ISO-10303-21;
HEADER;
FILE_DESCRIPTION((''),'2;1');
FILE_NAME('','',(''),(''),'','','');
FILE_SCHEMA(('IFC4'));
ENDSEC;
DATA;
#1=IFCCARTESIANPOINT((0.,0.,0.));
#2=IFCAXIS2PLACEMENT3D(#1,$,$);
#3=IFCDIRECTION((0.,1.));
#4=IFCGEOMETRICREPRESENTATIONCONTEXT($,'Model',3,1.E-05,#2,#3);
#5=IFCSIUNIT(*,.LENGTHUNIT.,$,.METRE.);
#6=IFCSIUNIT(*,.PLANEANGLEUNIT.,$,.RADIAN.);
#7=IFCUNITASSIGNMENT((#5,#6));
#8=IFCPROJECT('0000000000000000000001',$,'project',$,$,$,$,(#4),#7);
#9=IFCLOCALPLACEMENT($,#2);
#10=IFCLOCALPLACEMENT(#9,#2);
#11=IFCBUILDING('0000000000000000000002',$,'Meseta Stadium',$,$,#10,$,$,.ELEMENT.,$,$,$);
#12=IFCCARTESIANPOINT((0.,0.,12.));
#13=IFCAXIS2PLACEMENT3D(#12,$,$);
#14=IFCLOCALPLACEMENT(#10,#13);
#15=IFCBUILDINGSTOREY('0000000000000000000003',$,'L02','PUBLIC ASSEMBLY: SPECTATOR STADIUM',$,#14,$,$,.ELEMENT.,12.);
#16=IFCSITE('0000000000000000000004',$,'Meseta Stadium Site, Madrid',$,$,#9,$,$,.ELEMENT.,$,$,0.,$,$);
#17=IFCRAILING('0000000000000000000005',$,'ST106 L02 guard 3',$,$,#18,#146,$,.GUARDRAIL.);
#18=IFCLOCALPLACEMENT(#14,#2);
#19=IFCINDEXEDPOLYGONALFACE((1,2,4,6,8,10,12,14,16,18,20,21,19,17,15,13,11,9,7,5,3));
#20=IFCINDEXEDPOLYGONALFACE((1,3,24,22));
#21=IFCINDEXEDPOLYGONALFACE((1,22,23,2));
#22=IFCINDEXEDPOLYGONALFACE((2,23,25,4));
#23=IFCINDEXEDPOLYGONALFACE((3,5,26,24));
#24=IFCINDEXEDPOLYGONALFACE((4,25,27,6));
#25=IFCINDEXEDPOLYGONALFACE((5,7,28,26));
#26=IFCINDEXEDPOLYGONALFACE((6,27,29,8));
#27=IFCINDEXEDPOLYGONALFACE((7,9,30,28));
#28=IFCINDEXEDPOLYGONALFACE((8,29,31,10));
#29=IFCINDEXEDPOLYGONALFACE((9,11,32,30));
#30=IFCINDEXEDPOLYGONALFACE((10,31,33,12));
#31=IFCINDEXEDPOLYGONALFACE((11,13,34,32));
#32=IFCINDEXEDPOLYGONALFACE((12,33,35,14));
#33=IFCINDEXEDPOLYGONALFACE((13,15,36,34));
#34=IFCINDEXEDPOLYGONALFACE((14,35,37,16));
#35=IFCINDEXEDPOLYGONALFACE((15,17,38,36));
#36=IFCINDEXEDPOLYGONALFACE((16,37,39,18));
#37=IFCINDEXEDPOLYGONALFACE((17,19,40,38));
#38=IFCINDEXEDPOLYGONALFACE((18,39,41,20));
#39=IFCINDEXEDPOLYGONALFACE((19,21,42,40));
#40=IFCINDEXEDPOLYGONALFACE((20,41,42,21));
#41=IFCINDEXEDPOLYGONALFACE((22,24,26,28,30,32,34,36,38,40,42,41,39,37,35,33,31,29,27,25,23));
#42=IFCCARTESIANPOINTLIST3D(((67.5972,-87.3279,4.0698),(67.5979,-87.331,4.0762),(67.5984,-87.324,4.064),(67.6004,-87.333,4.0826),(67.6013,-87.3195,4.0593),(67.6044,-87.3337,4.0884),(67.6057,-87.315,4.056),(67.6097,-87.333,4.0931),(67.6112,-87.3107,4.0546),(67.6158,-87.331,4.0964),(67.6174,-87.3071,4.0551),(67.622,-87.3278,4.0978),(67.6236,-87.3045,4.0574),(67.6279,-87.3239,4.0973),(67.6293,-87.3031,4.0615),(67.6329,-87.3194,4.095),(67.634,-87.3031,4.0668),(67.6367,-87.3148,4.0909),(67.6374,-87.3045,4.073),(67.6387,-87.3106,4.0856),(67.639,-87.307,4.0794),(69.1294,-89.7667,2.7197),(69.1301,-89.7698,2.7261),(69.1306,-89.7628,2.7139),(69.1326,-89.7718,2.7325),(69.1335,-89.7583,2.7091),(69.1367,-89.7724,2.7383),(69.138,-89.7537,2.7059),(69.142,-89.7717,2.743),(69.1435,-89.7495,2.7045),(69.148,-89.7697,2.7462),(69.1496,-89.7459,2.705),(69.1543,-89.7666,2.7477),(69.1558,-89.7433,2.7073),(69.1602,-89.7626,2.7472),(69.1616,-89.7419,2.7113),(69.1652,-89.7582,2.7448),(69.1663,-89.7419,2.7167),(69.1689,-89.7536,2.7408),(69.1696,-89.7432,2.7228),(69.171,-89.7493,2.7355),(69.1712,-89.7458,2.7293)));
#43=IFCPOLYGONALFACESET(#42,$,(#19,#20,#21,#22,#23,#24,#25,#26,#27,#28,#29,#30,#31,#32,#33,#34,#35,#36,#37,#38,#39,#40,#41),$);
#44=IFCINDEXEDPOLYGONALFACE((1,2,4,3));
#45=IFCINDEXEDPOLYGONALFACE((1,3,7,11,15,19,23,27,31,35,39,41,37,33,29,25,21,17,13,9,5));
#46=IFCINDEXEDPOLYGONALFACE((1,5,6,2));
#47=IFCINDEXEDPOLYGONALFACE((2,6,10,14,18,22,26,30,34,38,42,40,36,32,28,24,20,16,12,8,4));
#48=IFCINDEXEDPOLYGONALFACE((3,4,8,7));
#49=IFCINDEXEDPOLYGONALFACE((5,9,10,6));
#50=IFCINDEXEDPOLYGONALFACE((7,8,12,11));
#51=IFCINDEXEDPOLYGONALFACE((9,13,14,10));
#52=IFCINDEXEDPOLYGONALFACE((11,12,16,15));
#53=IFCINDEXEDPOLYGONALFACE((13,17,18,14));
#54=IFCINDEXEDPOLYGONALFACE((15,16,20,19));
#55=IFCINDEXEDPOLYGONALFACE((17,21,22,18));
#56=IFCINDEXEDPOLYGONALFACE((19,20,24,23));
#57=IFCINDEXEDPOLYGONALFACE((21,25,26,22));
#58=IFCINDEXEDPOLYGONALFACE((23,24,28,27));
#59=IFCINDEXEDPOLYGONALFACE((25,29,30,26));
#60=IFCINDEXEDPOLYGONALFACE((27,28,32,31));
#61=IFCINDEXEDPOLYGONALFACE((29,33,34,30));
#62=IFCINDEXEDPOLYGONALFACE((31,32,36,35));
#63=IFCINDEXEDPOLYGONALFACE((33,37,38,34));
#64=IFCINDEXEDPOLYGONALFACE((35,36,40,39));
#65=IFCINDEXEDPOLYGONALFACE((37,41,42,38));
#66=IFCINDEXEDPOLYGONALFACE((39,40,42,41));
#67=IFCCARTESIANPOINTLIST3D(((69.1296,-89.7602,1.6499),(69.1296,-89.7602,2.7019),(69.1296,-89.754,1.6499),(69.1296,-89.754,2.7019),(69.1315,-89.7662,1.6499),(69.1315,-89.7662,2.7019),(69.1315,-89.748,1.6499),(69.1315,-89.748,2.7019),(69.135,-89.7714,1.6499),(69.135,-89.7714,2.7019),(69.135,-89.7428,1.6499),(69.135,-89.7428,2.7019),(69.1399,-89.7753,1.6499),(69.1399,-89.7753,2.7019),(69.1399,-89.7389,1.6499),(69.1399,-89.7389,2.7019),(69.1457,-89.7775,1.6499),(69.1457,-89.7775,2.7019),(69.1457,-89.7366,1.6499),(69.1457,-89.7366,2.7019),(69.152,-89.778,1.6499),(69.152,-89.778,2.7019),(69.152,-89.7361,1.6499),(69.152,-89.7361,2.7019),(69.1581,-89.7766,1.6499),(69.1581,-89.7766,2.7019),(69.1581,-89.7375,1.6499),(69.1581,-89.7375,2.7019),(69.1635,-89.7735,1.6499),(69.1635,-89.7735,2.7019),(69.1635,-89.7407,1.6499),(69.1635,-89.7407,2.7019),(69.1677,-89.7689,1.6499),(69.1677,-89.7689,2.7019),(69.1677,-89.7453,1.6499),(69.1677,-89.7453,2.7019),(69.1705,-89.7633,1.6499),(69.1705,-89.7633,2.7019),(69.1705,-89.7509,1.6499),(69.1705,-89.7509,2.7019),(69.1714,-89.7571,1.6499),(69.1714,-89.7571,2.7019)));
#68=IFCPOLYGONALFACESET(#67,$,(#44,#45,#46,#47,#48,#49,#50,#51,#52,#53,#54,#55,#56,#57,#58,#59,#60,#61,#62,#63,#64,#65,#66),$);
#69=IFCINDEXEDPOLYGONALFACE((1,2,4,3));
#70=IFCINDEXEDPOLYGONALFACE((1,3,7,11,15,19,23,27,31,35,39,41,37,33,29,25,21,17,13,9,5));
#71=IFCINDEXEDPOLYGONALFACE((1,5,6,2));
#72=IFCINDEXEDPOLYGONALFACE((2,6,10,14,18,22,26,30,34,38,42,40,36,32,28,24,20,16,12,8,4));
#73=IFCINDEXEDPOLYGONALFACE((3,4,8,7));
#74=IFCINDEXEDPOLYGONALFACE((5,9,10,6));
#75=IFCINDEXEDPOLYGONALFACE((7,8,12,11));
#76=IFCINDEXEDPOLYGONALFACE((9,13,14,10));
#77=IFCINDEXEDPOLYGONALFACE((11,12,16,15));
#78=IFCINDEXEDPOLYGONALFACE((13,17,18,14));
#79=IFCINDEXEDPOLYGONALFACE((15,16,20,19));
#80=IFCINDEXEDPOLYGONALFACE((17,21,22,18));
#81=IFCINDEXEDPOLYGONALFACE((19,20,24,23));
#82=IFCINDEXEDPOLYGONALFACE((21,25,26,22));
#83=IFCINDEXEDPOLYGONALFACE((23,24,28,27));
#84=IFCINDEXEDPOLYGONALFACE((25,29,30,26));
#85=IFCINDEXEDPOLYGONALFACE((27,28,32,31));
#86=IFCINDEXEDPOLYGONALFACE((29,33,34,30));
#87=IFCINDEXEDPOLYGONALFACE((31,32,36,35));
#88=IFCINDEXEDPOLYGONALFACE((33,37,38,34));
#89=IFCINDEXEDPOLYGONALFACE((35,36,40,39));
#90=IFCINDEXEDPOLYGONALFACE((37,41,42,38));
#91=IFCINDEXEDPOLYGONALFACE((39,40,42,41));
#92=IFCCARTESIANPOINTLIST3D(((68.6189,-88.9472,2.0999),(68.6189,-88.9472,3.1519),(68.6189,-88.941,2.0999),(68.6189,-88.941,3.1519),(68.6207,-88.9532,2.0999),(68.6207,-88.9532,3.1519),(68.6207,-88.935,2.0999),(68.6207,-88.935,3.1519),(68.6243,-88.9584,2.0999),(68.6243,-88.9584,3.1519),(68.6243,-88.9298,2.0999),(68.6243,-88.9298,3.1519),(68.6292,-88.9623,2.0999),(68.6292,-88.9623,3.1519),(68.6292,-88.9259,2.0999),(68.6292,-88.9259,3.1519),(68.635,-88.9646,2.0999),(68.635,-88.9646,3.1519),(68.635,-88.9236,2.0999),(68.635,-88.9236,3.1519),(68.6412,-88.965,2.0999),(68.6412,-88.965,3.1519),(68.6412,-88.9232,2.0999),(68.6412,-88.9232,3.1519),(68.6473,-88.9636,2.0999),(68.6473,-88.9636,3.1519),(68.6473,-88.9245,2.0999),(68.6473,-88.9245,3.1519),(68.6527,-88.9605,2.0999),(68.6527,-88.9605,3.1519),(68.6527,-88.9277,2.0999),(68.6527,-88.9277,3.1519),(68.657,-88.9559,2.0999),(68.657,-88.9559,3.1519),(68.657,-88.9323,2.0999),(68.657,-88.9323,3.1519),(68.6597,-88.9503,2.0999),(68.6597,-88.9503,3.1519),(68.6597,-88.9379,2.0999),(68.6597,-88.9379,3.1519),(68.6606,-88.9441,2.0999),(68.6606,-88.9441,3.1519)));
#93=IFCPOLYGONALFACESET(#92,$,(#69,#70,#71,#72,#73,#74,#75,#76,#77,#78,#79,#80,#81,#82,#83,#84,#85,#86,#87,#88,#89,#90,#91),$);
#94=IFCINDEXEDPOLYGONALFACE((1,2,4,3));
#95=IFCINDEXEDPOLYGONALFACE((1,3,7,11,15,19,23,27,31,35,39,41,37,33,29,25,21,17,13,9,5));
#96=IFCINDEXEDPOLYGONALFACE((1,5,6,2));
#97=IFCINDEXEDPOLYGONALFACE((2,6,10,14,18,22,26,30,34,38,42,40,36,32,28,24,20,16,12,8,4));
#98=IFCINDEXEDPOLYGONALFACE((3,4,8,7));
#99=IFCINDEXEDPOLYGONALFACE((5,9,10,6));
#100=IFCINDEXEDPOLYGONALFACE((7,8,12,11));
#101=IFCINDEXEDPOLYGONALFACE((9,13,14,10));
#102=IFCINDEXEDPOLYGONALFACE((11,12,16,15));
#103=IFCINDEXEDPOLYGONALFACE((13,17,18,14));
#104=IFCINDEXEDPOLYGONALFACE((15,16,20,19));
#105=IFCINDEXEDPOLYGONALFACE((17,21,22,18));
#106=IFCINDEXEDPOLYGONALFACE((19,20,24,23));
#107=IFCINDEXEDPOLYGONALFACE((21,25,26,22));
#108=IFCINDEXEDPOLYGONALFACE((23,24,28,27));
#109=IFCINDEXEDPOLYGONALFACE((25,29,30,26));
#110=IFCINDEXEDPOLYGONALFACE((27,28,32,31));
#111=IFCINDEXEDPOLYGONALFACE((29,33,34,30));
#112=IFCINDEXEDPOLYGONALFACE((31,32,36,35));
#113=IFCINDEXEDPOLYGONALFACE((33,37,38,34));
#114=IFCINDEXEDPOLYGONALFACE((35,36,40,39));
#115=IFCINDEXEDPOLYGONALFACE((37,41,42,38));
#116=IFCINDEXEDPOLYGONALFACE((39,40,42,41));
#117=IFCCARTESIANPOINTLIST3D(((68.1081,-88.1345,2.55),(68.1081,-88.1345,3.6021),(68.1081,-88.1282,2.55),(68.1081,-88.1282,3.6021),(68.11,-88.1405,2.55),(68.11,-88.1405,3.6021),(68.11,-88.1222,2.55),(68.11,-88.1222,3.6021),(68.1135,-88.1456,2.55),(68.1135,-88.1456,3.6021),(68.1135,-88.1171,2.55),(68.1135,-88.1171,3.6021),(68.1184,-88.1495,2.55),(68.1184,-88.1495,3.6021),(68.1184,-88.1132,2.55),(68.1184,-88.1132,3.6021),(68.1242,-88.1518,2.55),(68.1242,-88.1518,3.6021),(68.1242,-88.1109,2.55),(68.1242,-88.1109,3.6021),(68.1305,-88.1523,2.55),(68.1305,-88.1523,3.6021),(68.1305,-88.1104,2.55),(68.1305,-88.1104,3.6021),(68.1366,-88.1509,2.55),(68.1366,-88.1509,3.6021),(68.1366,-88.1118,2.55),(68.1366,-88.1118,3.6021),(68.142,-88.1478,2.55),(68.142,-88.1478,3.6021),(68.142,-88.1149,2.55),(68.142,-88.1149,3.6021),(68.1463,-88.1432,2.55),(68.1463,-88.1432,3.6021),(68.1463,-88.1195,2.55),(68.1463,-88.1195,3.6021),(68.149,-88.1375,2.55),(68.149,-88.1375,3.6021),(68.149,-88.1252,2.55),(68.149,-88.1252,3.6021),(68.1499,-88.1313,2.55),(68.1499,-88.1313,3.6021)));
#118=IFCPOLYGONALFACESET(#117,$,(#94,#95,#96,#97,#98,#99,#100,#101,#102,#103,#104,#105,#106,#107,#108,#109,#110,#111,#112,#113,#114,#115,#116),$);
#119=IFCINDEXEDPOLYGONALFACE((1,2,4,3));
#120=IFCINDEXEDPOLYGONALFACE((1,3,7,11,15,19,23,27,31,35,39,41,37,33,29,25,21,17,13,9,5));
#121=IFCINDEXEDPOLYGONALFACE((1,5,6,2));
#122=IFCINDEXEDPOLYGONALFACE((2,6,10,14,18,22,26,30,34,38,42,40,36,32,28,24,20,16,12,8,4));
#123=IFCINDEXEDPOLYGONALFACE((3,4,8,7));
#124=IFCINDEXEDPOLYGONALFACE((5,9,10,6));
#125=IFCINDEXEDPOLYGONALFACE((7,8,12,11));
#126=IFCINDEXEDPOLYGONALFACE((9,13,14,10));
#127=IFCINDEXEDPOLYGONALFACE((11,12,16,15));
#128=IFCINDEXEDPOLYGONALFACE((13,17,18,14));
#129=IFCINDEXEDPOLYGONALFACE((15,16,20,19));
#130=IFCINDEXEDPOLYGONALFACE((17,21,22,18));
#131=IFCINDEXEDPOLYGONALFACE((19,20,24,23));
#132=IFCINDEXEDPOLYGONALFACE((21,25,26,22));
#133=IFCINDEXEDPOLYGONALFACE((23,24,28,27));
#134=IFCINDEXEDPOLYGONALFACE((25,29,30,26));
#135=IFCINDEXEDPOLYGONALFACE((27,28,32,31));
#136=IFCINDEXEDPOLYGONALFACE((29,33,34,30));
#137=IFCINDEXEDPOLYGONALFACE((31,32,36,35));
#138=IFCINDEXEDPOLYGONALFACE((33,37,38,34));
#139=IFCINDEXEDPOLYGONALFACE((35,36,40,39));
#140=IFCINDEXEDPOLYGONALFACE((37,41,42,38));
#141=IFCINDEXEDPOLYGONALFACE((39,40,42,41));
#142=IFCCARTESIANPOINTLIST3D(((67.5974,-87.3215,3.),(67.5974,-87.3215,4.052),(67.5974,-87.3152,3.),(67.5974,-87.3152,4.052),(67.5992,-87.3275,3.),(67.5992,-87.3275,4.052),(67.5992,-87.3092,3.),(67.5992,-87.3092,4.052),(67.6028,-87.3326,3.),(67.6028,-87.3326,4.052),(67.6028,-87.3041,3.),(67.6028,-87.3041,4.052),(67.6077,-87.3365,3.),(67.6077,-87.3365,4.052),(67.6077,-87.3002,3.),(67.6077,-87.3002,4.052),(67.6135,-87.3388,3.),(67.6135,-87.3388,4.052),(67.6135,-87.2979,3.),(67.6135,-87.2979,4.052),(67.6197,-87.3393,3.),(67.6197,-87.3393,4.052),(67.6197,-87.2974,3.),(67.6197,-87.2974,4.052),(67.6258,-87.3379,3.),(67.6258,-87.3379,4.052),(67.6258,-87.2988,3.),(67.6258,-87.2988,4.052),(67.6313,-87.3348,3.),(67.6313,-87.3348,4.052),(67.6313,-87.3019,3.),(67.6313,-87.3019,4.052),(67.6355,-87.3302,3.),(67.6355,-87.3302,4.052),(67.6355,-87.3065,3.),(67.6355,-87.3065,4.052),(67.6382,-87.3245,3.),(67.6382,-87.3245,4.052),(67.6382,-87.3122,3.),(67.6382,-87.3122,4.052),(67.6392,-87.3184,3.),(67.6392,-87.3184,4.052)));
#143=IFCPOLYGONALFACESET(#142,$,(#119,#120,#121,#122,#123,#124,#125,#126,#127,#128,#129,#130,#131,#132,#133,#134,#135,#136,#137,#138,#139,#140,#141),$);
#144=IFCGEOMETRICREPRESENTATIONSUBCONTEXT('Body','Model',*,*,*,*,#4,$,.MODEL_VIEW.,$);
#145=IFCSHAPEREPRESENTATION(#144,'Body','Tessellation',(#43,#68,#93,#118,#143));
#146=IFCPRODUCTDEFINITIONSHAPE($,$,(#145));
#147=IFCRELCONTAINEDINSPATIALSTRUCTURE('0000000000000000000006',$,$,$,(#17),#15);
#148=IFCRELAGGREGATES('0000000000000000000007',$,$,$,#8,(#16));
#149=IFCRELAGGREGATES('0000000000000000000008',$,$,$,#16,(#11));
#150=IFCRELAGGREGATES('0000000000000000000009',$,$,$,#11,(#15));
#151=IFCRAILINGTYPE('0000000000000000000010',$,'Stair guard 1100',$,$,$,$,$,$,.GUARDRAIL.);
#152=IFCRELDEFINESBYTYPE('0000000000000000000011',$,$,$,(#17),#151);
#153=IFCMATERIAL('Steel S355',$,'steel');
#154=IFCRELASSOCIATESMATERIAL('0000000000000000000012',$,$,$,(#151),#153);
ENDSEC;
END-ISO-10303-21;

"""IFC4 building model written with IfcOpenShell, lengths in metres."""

from ifc_helpers import new_model, si_unit, direction, frame, origin, origin_2d, place, context, subcontext, project, spatial, circle, extrude, material, type_object, element, save


model = new_model("IFC4")

# Units and contexts
model_context = context("Model", 3, precision=1e-05, world=origin(), true_north=direction((0.0, 1.0)))
body_context = subcontext(model_context, "Body", "Model", "MODEL_VIEW")
ifc_project = project(units=[si_unit("LENGTHUNIT", "METRE"), si_unit("PLANEANGLEUNIT", "RADIAN")], contexts=[model_context])

# Site, building, storey
site_placement = place(None, origin())
site = spatial("IfcSite", under=ifc_project, at=site_placement, Name="Meseta Stadium Site, Madrid", CompositionType="ELEMENT", RefElevation=0.0)
building_placement = place(site_placement, origin())
building = spatial("IfcBuilding", under=site, at=building_placement, Name="Meseta Stadium", CompositionType="ELEMENT")
storey_placement = place(building_placement, frame((0.0, 0.0, 12.0)))
storey = spatial("IfcBuildingStorey", under=building, at=storey_placement, Name="L02", Description="PUBLIC ASSEMBLY: SPECTATOR STADIUM", CompositionType="ELEMENT", Elevation=12.0)

# Railing
ifc_material_1 = material(Name="Steel S355", Category="steel")
railing_type_1 = type_object("IfcRailingType", Name="Stair guard 1100", PredefinedType="GUARDRAIL", material=ifc_material_1)
railing_1_placement = place(storey_placement, frame((69.1504, -89.7571, 1.6499)))
element("IfcRailing", 1, at=railing_1_placement, inside=storey, type_object=railing_type_1, Name="ST106 L02 guard 3", PredefinedType="GUARDRAIL", context=body_context, shape_type="SweptSolid", body=[
    extrude(circle(Radius=0.0239, at=origin_2d()), frame((0.0, 0.0, 1.0762), z_axis=(-0.481703, 0.766687, 0.424445), x_axis=(-0.846743, -0.532001, 0.0)), (0.0, 0.0, 1.0), 3.1809),
    extrude(circle(Radius=0.021, at=origin_2d()), origin(), (0.0, 0.0, 1.0), 1.052),
    extrude(circle(Radius=0.021, at=origin_2d()), frame((-0.5107, 0.813, 0.45)), (0.0, 0.0, 1.0), 1.052),
    extrude(circle(Radius=0.021, at=origin_2d()), frame((-1.0215, 1.6257, 0.9001)), (0.0, 0.0, 1.0), 1.052),
    extrude(circle(Radius=0.021, at=origin_2d()), frame((-1.5322, 2.4387, 1.3501)), (0.0, 0.0, 1.0), 1.052),
])

save(model, "model.ifc")
